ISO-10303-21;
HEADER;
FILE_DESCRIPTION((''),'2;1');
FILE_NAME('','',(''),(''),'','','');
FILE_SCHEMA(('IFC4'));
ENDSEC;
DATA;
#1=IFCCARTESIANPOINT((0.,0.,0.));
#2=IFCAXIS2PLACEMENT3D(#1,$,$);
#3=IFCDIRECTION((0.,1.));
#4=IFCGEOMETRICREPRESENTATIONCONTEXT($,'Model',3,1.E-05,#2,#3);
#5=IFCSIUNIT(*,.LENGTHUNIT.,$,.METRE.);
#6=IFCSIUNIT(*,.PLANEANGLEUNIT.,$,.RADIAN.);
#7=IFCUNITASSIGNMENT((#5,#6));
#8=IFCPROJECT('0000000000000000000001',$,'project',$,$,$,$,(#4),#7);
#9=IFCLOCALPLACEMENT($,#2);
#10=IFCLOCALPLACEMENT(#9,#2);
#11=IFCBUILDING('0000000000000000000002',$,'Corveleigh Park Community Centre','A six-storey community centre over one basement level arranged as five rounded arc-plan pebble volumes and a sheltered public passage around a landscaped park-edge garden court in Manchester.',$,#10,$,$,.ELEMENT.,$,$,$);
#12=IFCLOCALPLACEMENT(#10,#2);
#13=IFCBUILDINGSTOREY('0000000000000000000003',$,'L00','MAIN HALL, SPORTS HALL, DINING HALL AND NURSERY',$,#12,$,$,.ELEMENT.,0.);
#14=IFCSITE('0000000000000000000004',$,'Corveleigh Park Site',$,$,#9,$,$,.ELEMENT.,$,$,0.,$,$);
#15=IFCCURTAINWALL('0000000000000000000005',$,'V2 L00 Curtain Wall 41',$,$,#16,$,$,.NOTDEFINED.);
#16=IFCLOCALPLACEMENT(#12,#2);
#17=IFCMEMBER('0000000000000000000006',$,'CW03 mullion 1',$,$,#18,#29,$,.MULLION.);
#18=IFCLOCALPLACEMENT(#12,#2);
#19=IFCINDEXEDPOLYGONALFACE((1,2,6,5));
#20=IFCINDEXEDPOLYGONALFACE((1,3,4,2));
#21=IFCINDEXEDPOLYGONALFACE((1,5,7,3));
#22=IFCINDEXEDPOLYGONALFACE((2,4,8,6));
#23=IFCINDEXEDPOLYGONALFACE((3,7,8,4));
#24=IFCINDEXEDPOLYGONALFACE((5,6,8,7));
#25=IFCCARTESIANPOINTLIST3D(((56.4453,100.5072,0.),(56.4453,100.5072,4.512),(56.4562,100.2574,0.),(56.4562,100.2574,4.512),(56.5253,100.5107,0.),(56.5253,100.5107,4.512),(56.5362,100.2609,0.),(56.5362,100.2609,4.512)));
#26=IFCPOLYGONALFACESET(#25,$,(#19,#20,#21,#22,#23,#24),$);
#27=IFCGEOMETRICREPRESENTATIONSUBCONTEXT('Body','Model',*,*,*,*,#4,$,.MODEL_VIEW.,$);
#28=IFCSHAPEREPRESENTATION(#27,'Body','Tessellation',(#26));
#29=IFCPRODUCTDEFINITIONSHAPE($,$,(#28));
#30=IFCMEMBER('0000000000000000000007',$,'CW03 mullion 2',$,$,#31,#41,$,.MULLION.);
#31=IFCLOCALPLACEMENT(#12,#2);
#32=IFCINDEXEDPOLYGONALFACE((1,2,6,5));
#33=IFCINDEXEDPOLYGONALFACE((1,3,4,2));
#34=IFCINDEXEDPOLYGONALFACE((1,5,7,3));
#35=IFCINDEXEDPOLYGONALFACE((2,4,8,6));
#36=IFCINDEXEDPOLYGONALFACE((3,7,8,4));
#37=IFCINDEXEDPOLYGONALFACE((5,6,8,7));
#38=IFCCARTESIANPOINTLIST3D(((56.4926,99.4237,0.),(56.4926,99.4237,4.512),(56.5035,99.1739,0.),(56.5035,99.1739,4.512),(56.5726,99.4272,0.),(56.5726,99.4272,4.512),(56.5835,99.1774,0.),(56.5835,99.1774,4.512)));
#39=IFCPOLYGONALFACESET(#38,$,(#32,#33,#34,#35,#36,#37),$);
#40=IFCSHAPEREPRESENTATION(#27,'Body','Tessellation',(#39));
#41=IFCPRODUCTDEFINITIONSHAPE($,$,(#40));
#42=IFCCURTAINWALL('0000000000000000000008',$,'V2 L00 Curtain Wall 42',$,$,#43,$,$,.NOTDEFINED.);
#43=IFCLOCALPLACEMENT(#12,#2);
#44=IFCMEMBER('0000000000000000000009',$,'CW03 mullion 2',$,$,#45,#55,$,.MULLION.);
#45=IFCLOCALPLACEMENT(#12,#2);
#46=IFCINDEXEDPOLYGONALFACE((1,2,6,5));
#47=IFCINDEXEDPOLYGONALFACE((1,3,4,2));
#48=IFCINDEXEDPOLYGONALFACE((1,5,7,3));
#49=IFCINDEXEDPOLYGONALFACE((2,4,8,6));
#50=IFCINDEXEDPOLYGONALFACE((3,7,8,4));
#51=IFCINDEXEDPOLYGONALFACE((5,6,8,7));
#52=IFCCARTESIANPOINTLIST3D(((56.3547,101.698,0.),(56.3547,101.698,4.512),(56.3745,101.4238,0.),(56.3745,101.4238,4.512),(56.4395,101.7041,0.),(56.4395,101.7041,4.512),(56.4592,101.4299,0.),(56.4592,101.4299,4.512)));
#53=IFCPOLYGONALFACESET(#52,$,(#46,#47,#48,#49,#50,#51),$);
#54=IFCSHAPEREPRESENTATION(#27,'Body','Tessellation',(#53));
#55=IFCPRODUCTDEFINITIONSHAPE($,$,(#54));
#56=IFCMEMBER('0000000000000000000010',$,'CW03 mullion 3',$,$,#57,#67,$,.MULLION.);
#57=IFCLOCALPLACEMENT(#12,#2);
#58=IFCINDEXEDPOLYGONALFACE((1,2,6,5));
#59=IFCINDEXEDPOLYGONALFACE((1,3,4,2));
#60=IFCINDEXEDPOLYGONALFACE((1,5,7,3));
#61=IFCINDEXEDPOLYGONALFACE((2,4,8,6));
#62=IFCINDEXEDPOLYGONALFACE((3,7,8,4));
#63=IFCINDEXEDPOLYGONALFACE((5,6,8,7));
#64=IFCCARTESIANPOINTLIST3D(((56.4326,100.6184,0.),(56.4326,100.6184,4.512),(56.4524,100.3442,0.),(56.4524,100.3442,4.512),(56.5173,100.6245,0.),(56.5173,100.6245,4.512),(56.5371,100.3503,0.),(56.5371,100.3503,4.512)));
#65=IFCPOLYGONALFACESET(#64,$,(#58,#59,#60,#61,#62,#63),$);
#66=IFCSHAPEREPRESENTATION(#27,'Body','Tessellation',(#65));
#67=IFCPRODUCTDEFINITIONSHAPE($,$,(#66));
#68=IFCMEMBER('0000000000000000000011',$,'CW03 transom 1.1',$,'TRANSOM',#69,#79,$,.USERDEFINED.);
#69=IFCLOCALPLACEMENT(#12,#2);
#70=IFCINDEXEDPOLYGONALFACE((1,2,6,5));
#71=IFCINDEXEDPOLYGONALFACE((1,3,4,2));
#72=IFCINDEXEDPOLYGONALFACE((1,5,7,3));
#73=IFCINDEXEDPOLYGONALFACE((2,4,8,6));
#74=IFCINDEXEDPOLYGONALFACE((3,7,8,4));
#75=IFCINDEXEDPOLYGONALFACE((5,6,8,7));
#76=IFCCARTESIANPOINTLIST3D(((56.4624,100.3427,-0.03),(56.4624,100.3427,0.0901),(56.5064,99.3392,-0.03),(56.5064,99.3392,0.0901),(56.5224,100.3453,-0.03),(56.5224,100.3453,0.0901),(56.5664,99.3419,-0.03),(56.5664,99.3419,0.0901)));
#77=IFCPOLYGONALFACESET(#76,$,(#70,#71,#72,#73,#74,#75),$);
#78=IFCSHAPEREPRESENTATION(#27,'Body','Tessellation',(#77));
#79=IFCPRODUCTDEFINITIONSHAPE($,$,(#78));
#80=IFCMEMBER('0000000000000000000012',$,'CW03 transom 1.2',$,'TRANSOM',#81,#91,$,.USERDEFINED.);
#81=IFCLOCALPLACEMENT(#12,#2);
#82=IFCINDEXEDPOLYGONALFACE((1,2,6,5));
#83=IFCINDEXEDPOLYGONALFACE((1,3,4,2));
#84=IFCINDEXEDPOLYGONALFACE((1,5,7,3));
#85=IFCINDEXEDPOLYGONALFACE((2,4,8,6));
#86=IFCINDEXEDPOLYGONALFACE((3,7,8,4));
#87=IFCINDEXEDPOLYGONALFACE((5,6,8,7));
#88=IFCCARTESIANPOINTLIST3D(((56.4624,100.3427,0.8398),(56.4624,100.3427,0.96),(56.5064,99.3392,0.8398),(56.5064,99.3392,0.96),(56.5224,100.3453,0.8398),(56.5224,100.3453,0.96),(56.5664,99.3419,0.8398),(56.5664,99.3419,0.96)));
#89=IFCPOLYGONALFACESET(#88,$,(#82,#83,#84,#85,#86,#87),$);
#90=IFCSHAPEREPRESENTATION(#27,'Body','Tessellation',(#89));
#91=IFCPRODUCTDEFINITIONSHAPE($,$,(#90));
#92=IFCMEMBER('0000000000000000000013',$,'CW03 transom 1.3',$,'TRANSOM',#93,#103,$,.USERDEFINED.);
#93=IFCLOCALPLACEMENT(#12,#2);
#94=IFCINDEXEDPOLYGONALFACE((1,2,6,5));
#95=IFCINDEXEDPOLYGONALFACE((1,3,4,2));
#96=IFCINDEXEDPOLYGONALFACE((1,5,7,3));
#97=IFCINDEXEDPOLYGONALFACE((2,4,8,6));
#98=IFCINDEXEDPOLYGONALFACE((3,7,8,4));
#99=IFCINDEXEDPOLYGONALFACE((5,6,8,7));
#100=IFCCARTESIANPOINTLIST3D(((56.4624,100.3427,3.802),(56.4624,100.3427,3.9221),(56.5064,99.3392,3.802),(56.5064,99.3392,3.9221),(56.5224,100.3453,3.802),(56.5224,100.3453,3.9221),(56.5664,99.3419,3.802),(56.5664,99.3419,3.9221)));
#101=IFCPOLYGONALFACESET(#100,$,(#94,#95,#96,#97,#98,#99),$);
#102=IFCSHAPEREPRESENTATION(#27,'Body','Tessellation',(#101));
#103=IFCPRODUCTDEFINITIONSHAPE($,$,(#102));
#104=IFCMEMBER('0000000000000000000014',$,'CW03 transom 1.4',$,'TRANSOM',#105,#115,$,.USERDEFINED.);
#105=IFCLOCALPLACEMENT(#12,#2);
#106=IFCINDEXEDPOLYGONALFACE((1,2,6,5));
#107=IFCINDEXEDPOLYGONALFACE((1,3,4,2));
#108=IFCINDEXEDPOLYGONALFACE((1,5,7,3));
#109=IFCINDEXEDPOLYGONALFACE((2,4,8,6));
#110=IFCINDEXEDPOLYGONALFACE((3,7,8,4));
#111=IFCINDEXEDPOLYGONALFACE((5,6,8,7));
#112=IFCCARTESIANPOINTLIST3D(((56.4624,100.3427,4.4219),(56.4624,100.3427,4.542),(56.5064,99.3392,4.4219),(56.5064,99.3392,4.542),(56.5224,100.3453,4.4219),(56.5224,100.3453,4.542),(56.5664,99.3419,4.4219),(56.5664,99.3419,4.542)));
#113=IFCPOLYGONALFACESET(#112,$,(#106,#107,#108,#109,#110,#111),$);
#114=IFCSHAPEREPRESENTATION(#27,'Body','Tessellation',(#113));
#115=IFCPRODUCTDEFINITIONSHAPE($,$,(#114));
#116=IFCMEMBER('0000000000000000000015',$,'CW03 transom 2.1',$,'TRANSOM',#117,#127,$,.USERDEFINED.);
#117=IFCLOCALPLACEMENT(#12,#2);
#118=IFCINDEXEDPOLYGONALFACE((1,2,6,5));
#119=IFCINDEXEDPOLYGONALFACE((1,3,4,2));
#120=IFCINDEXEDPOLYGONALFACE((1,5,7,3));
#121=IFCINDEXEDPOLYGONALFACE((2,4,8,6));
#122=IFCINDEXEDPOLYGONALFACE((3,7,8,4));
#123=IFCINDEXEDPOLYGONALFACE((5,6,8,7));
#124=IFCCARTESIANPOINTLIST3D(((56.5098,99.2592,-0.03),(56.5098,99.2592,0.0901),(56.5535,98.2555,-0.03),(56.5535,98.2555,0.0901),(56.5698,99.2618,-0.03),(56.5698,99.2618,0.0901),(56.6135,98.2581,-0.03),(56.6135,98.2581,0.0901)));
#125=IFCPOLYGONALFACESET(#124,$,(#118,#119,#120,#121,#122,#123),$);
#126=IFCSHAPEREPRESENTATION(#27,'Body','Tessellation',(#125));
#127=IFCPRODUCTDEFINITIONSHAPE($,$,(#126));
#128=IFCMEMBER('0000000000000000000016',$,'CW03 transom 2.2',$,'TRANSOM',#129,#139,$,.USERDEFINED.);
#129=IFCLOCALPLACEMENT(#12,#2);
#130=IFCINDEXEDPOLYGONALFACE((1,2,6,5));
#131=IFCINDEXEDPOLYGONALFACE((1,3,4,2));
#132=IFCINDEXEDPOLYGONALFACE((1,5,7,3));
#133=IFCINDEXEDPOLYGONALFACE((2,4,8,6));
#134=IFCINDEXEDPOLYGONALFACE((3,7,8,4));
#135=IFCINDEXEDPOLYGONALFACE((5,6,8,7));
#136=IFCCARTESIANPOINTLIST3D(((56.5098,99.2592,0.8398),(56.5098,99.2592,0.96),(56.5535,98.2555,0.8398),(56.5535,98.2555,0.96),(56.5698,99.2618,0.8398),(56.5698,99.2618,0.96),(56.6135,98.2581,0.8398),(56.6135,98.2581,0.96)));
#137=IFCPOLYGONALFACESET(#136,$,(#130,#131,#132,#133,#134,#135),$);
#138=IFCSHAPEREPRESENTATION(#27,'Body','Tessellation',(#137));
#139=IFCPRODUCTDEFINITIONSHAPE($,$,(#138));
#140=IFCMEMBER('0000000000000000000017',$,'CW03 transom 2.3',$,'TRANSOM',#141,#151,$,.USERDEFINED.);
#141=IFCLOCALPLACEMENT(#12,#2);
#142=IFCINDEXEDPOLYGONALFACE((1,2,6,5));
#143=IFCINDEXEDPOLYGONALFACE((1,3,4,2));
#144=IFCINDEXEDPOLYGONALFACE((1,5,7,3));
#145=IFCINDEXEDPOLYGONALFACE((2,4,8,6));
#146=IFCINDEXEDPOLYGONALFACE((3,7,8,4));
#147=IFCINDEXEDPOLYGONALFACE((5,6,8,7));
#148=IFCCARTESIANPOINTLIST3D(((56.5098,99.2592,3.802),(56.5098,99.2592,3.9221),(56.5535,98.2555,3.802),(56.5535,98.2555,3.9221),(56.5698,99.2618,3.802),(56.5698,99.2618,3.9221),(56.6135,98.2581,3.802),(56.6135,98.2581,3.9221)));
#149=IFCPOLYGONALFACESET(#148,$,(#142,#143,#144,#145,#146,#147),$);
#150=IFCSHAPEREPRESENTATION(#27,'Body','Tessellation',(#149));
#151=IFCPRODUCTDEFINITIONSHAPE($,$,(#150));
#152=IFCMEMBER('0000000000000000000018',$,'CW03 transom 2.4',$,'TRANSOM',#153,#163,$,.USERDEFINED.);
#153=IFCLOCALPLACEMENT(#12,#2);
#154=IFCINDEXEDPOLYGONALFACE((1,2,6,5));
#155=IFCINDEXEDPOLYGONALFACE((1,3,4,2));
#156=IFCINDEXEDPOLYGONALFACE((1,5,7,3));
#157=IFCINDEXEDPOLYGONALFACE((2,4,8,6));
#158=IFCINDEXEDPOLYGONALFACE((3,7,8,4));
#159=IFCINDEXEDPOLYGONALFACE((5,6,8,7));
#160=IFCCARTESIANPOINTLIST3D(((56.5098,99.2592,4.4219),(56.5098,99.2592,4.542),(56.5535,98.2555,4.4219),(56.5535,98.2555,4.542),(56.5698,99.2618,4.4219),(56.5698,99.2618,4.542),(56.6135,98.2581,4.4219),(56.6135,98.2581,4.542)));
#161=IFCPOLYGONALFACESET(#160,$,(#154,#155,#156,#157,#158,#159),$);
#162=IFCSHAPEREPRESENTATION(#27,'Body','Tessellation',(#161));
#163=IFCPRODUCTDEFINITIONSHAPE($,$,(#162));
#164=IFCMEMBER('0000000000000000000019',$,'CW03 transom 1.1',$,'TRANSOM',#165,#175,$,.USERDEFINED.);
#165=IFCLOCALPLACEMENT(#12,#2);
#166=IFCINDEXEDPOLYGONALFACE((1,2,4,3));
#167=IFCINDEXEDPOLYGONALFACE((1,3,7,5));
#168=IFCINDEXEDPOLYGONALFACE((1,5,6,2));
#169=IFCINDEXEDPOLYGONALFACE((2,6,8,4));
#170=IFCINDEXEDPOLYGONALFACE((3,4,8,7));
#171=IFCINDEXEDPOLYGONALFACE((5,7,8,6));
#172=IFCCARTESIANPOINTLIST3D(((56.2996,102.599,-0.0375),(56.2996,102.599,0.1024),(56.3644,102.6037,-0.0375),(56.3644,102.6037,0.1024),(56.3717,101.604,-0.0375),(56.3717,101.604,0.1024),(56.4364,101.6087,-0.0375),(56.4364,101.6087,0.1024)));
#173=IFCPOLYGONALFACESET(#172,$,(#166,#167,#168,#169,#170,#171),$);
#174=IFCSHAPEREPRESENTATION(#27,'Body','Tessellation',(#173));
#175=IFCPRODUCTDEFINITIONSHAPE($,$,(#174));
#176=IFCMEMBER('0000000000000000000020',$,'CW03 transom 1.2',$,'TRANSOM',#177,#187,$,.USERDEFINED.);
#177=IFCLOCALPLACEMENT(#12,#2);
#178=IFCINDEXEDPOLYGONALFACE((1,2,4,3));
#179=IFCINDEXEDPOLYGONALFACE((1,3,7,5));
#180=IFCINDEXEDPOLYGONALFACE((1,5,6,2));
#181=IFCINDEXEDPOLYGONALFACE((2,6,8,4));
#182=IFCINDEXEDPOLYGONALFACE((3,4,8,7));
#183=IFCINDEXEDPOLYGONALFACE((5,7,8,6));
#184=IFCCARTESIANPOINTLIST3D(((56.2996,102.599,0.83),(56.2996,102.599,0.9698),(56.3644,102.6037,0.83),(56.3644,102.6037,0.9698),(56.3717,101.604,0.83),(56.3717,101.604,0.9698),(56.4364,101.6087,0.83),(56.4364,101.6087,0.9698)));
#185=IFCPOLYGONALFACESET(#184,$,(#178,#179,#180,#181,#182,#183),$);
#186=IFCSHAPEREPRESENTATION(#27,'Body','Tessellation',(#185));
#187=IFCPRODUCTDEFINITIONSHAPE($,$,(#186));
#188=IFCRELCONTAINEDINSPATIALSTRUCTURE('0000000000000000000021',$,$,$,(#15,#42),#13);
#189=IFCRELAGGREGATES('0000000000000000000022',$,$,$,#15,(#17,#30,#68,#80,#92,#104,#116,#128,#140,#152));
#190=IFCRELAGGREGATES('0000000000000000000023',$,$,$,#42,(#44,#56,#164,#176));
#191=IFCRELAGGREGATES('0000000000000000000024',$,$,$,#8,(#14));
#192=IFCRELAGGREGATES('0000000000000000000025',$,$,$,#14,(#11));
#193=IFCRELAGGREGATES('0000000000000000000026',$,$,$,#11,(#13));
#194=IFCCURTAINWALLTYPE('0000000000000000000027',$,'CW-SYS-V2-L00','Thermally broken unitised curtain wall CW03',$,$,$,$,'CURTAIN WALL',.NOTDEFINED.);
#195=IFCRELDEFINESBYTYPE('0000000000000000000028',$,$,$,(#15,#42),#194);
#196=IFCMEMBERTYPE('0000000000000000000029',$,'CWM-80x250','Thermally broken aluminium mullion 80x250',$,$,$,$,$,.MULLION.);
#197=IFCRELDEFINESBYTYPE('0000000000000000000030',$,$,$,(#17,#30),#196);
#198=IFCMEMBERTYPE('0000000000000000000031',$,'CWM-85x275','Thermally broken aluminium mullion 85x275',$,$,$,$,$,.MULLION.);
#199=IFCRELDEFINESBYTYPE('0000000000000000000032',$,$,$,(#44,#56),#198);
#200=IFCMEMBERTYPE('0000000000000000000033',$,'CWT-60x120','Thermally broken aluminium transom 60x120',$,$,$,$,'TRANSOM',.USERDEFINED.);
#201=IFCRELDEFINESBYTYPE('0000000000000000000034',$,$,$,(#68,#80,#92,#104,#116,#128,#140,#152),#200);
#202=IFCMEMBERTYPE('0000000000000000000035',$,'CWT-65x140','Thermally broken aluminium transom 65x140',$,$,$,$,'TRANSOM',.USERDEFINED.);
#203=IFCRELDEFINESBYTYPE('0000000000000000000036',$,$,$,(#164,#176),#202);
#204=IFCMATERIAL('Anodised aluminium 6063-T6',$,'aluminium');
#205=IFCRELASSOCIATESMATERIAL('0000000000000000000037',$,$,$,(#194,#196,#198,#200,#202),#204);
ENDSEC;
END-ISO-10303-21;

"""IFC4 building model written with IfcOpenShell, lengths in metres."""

from ifc_helpers import new_model, si_unit, direction, frame, origin, origin_2d, place, context, subcontext, project, spatial, rectangle, extrude, material, material_profile, profile_set, type_object, element, aggregate, save


model = new_model("IFC4")

# Units and contexts
model_context = context("Model", 3, precision=1e-05, world=origin(), true_north=direction((0.0, 1.0)))
body_context = subcontext(model_context, "Body", "Model", "MODEL_VIEW")
ifc_project = project(units=[si_unit("LENGTHUNIT", "METRE"), si_unit("PLANEANGLEUNIT", "RADIAN")], contexts=[model_context])

# Site, building, storey
site_placement = place(None, origin())
site = spatial("IfcSite", under=ifc_project, at=site_placement, Name="Corveleigh Park Site", CompositionType="ELEMENT", RefElevation=0.0)
building_placement = place(site_placement, origin())
building = spatial("IfcBuilding", under=site, at=building_placement, Name="Corveleigh Park Community Centre", Description="A six-storey community centre over one basement level arranged as five rounded arc-plan pebble volumes and a sheltered public passage around a landscaped park-edge garden court in Manchester.", CompositionType="ELEMENT")
storey_placement = place(building_placement, origin())
storey = spatial("IfcBuildingStorey", under=building, at=storey_placement, Name="L00", Description="MAIN HALL, SPORTS HALL, DINING HALL AND NURSERY", CompositionType="ELEMENT", Elevation=0.0)

# Curtain walls, members
ifc_material_1 = material(Name="Anodised aluminium 6063-T6", Category="aluminium")
curtain_wall_type = type_object("IfcCurtainWallType", Name="CW-SYS-V2-L00", Description="Thermally broken unitised curtain wall CW03", ElementType="CURTAIN WALL", PredefinedType="NOTDEFINED", material=ifc_material_1)
curtain_wall_1_placement = place(storey_placement, origin())
curtain_wall_1 = element("IfcCurtainWall", 1, at=curtain_wall_1_placement, inside=storey, type_object=curtain_wall_type, Name="V2 L00 Curtain Wall 41", PredefinedType="NOTDEFINED")
ifc_material_profile_1 = material_profile(ifc_material_1, rectangle(XDim=0.0801, YDim=0.25, at=origin_2d()), Name="ALU-M80x250", Category="aluminium")
ifc_profile_set_1 = profile_set([ifc_material_profile_1], Name="Anodised aluminium 6063-T6")
member_type_1 = type_object("IfcMemberType", Name="CWM-80x250", Description="Thermally broken aluminium mullion 80x250", PredefinedType="MULLION", material=ifc_profile_set_1)
member_1_placement = place(storey_placement, frame((56.4907, 100.384, 0.0), z_axis=(0.0, 0.0, 1.0), x_axis=(0.99905, 0.043572, 0.0)))
member_1 = element("IfcMember", 2, at=member_1_placement, type_object=member_type_1, Name="CW03 mullion 1", PredefinedType="MULLION", context=body_context, shape_type="SweptSolid", body=[
    extrude(rectangle(XDim=0.0801, YDim=0.25, at=origin_2d()), origin(), (0.0, 0.0, 1.0), 4.512),
])
member_2_placement = place(storey_placement, frame((56.5381, 99.3005, 0.0), z_axis=(0.0, 0.0, 1.0), x_axis=(0.99905, 0.043572, 0.0)))
member_2 = element("IfcMember", 3, at=member_2_placement, type_object=member_type_1, Name="CW03 mullion 2", PredefinedType="MULLION", context=body_context, shape_type="SweptSolid", body=[
    extrude(rectangle(XDim=0.0801, YDim=0.25, at=origin_2d()), origin(), (0.0, 0.0, 1.0), 4.512),
])
curtain_wall_2_placement = place(storey_placement, origin())
curtain_wall_2 = element("IfcCurtainWall", 4, at=curtain_wall_2_placement, inside=storey, type_object=curtain_wall_type, Name="V2 L00 Curtain Wall 42", PredefinedType="NOTDEFINED")
ifc_material_profile_2 = material_profile(ifc_material_1, rectangle(XDim=0.085, YDim=0.2749, at=origin_2d()), Name="ALU-M85x275", Category="aluminium")
ifc_profile_set_2 = profile_set([ifc_material_profile_2], Name="Anodised aluminium 6063-T6")
member_type_2 = type_object("IfcMemberType", Name="CWM-85x275", Description="Thermally broken aluminium mullion 85x275", PredefinedType="MULLION", material=ifc_profile_set_2)
member_3_placement = place(storey_placement, frame((56.407, 101.564, 0.0), z_axis=(0.0, 0.0, 1.0), x_axis=(0.997404, 0.072005, 0.0)))
member_3 = element("IfcMember", 5, at=member_3_placement, type_object=member_type_2, Name="CW03 mullion 2", PredefinedType="MULLION", context=body_context, shape_type="SweptSolid", body=[
    extrude(rectangle(XDim=0.085, YDim=0.2749, at=origin_2d()), origin(), (0.0, 0.0, 1.0), 4.512),
])
member_4_placement = place(storey_placement, frame((56.4849, 100.4844, 0.0), z_axis=(0.0, 0.0, 1.0), x_axis=(0.997404, 0.072005, 0.0)))
member_4 = element("IfcMember", 6, at=member_4_placement, type_object=member_type_2, Name="CW03 mullion 3", PredefinedType="MULLION", context=body_context, shape_type="SweptSolid", body=[
    extrude(rectangle(XDim=0.085, YDim=0.2749, at=origin_2d()), origin(), (0.0, 0.0, 1.0), 4.512),
])

# Members
ifc_material_profile_3 = material_profile(ifc_material_1, rectangle(XDim=0.0601, YDim=0.1201, at=origin_2d()), Name="ALU-T60x120", Category="aluminium")
ifc_profile_set_3 = profile_set([ifc_material_profile_3], Name="Anodised aluminium 6063-T6")
member_type_3 = type_object("IfcMemberType", Name="CWT-60x120", Description="Thermally broken aluminium transom 60x120", ElementType="TRANSOM", PredefinedType="USERDEFINED", material=ifc_profile_set_3)
member_5_placement = place(storey_placement, frame((56.4924, 100.344, 0.03), z_axis=(0.043754, -0.999042, 0.0), x_axis=(0.999042, 0.043754, 0.0)))
member_5 = element("IfcMember", 7, at=member_5_placement, type_object=member_type_3, Name="CW03 transom 1.1", ObjectType="TRANSOM", PredefinedType="USERDEFINED", context=body_context, shape_type="SweptSolid", body=[
    extrude(rectangle(XDim=0.0601, YDim=0.1201, at=origin_2d()), origin(), (0.0, 0.0, 1.0), 1.0044),
])
member_6_placement = place(storey_placement, frame((56.4924, 100.344, 0.8999), z_axis=(0.043754, -0.999042, 0.0), x_axis=(0.999042, 0.043754, 0.0)))
member_6 = element("IfcMember", 8, at=member_6_placement, type_object=member_type_3, Name="CW03 transom 1.2", ObjectType="TRANSOM", PredefinedType="USERDEFINED", context=body_context, shape_type="SweptSolid", body=[
    extrude(rectangle(XDim=0.0601, YDim=0.1201, at=origin_2d()), origin(), (0.0, 0.0, 1.0), 1.0044),
])
member_7_placement = place(storey_placement, frame((56.4924, 100.344, 3.8621), z_axis=(0.043754, -0.999042, 0.0), x_axis=(0.999042, 0.043754, 0.0)))
member_7 = element("IfcMember", 9, at=member_7_placement, type_object=member_type_3, Name="CW03 transom 1.3", ObjectType="TRANSOM", PredefinedType="USERDEFINED", context=body_context, shape_type="SweptSolid", body=[
    extrude(rectangle(XDim=0.0601, YDim=0.1201, at=origin_2d()), origin(), (0.0, 0.0, 1.0), 1.0044),
])
member_8_placement = place(storey_placement, frame((56.4924, 100.344, 4.4819), z_axis=(0.043754, -0.999042, 0.0), x_axis=(0.999042, 0.043754, 0.0)))
member_8 = element("IfcMember", 10, at=member_8_placement, type_object=member_type_3, Name="CW03 transom 1.4", ObjectType="TRANSOM", PredefinedType="USERDEFINED", context=body_context, shape_type="SweptSolid", body=[
    extrude(rectangle(XDim=0.0601, YDim=0.1201, at=origin_2d()), origin(), (0.0, 0.0, 1.0), 1.0044),
])
member_9_placement = place(storey_placement, frame((56.5398, 99.2605, 0.03), z_axis=(0.043501, -0.999053, 0.0), x_axis=(0.999053, 0.043501, 0.0)))
member_9 = element("IfcMember", 11, at=member_9_placement, type_object=member_type_3, Name="CW03 transom 2.1", ObjectType="TRANSOM", PredefinedType="USERDEFINED", context=body_context, shape_type="SweptSolid", body=[
    extrude(rectangle(XDim=0.0601, YDim=0.1201, at=origin_2d()), origin(), (0.0, 0.0, 1.0), 1.0046),
])
member_10_placement = place(storey_placement, frame((56.5398, 99.2605, 0.8999), z_axis=(0.043501, -0.999053, 0.0), x_axis=(0.999053, 0.043501, 0.0)))
member_10 = element("IfcMember", 12, at=member_10_placement, type_object=member_type_3, Name="CW03 transom 2.2", ObjectType="TRANSOM", PredefinedType="USERDEFINED", context=body_context, shape_type="SweptSolid", body=[
    extrude(rectangle(XDim=0.0601, YDim=0.1201, at=origin_2d()), origin(), (0.0, 0.0, 1.0), 1.0046),
])
member_11_placement = place(storey_placement, frame((56.5398, 99.2605, 3.8621), z_axis=(0.043501, -0.999053, 0.0), x_axis=(0.999053, 0.043501, 0.0)))
member_11 = element("IfcMember", 13, at=member_11_placement, type_object=member_type_3, Name="CW03 transom 2.3", ObjectType="TRANSOM", PredefinedType="USERDEFINED", context=body_context, shape_type="SweptSolid", body=[
    extrude(rectangle(XDim=0.0601, YDim=0.1201, at=origin_2d()), origin(), (0.0, 0.0, 1.0), 1.0046),
])
member_12_placement = place(storey_placement, frame((56.5398, 99.2605, 4.4819), z_axis=(0.043501, -0.999053, 0.0), x_axis=(0.999053, 0.043501, 0.0)))
member_12 = element("IfcMember", 14, at=member_12_placement, type_object=member_type_3, Name="CW03 transom 2.4", ObjectType="TRANSOM", PredefinedType="USERDEFINED", context=body_context, shape_type="SweptSolid", body=[
    extrude(rectangle(XDim=0.0601, YDim=0.1201, at=origin_2d()), origin(), (0.0, 0.0, 1.0), 1.0046),
])
ifc_material_profile_4 = material_profile(ifc_material_1, rectangle(XDim=0.0649, YDim=0.1399, at=origin_2d()), Name="ALU-T65x140", Category="aluminium")
ifc_profile_set_4 = profile_set([ifc_material_profile_4], Name="Anodised aluminium 6063-T6")
member_type_4 = type_object("IfcMemberType", Name="CWT-65x140", Description="Thermally broken aluminium transom 65x140", ElementType="TRANSOM", PredefinedType="USERDEFINED", material=ifc_profile_set_4)
member_13_placement = place(storey_placement, frame((56.332, 102.6013, 0.0325), z_axis=(0.072204, -0.99739, 0.0), x_axis=(0.99739, 0.072204, 0.0)))
member_13 = element("IfcMember", 15, at=member_13_placement, type_object=member_type_4, Name="CW03 transom 1.1", ObjectType="TRANSOM", PredefinedType="USERDEFINED", context=body_context, shape_type="SweptSolid", body=[
    extrude(rectangle(XDim=0.0649, YDim=0.1399, at=origin_2d()), origin(), (0.0, 0.0, 1.0), 0.9976),
])
member_14_placement = place(storey_placement, frame((56.332, 102.6013, 0.8999), z_axis=(0.072204, -0.99739, 0.0), x_axis=(0.99739, 0.072204, 0.0)))
member_14 = element("IfcMember", 16, at=member_14_placement, type_object=member_type_4, Name="CW03 transom 1.2", ObjectType="TRANSOM", PredefinedType="USERDEFINED", context=body_context, shape_type="SweptSolid", body=[
    extrude(rectangle(XDim=0.0649, YDim=0.1399, at=origin_2d()), origin(), (0.0, 0.0, 1.0), 0.9976),
])

aggregate(curtain_wall_1, [member_1, member_2, member_5, member_6, member_7, member_8, member_9, member_10, member_11, member_12])
aggregate(curtain_wall_2, [member_3, member_4, member_13, member_14])

save(model, "model.ifc")
